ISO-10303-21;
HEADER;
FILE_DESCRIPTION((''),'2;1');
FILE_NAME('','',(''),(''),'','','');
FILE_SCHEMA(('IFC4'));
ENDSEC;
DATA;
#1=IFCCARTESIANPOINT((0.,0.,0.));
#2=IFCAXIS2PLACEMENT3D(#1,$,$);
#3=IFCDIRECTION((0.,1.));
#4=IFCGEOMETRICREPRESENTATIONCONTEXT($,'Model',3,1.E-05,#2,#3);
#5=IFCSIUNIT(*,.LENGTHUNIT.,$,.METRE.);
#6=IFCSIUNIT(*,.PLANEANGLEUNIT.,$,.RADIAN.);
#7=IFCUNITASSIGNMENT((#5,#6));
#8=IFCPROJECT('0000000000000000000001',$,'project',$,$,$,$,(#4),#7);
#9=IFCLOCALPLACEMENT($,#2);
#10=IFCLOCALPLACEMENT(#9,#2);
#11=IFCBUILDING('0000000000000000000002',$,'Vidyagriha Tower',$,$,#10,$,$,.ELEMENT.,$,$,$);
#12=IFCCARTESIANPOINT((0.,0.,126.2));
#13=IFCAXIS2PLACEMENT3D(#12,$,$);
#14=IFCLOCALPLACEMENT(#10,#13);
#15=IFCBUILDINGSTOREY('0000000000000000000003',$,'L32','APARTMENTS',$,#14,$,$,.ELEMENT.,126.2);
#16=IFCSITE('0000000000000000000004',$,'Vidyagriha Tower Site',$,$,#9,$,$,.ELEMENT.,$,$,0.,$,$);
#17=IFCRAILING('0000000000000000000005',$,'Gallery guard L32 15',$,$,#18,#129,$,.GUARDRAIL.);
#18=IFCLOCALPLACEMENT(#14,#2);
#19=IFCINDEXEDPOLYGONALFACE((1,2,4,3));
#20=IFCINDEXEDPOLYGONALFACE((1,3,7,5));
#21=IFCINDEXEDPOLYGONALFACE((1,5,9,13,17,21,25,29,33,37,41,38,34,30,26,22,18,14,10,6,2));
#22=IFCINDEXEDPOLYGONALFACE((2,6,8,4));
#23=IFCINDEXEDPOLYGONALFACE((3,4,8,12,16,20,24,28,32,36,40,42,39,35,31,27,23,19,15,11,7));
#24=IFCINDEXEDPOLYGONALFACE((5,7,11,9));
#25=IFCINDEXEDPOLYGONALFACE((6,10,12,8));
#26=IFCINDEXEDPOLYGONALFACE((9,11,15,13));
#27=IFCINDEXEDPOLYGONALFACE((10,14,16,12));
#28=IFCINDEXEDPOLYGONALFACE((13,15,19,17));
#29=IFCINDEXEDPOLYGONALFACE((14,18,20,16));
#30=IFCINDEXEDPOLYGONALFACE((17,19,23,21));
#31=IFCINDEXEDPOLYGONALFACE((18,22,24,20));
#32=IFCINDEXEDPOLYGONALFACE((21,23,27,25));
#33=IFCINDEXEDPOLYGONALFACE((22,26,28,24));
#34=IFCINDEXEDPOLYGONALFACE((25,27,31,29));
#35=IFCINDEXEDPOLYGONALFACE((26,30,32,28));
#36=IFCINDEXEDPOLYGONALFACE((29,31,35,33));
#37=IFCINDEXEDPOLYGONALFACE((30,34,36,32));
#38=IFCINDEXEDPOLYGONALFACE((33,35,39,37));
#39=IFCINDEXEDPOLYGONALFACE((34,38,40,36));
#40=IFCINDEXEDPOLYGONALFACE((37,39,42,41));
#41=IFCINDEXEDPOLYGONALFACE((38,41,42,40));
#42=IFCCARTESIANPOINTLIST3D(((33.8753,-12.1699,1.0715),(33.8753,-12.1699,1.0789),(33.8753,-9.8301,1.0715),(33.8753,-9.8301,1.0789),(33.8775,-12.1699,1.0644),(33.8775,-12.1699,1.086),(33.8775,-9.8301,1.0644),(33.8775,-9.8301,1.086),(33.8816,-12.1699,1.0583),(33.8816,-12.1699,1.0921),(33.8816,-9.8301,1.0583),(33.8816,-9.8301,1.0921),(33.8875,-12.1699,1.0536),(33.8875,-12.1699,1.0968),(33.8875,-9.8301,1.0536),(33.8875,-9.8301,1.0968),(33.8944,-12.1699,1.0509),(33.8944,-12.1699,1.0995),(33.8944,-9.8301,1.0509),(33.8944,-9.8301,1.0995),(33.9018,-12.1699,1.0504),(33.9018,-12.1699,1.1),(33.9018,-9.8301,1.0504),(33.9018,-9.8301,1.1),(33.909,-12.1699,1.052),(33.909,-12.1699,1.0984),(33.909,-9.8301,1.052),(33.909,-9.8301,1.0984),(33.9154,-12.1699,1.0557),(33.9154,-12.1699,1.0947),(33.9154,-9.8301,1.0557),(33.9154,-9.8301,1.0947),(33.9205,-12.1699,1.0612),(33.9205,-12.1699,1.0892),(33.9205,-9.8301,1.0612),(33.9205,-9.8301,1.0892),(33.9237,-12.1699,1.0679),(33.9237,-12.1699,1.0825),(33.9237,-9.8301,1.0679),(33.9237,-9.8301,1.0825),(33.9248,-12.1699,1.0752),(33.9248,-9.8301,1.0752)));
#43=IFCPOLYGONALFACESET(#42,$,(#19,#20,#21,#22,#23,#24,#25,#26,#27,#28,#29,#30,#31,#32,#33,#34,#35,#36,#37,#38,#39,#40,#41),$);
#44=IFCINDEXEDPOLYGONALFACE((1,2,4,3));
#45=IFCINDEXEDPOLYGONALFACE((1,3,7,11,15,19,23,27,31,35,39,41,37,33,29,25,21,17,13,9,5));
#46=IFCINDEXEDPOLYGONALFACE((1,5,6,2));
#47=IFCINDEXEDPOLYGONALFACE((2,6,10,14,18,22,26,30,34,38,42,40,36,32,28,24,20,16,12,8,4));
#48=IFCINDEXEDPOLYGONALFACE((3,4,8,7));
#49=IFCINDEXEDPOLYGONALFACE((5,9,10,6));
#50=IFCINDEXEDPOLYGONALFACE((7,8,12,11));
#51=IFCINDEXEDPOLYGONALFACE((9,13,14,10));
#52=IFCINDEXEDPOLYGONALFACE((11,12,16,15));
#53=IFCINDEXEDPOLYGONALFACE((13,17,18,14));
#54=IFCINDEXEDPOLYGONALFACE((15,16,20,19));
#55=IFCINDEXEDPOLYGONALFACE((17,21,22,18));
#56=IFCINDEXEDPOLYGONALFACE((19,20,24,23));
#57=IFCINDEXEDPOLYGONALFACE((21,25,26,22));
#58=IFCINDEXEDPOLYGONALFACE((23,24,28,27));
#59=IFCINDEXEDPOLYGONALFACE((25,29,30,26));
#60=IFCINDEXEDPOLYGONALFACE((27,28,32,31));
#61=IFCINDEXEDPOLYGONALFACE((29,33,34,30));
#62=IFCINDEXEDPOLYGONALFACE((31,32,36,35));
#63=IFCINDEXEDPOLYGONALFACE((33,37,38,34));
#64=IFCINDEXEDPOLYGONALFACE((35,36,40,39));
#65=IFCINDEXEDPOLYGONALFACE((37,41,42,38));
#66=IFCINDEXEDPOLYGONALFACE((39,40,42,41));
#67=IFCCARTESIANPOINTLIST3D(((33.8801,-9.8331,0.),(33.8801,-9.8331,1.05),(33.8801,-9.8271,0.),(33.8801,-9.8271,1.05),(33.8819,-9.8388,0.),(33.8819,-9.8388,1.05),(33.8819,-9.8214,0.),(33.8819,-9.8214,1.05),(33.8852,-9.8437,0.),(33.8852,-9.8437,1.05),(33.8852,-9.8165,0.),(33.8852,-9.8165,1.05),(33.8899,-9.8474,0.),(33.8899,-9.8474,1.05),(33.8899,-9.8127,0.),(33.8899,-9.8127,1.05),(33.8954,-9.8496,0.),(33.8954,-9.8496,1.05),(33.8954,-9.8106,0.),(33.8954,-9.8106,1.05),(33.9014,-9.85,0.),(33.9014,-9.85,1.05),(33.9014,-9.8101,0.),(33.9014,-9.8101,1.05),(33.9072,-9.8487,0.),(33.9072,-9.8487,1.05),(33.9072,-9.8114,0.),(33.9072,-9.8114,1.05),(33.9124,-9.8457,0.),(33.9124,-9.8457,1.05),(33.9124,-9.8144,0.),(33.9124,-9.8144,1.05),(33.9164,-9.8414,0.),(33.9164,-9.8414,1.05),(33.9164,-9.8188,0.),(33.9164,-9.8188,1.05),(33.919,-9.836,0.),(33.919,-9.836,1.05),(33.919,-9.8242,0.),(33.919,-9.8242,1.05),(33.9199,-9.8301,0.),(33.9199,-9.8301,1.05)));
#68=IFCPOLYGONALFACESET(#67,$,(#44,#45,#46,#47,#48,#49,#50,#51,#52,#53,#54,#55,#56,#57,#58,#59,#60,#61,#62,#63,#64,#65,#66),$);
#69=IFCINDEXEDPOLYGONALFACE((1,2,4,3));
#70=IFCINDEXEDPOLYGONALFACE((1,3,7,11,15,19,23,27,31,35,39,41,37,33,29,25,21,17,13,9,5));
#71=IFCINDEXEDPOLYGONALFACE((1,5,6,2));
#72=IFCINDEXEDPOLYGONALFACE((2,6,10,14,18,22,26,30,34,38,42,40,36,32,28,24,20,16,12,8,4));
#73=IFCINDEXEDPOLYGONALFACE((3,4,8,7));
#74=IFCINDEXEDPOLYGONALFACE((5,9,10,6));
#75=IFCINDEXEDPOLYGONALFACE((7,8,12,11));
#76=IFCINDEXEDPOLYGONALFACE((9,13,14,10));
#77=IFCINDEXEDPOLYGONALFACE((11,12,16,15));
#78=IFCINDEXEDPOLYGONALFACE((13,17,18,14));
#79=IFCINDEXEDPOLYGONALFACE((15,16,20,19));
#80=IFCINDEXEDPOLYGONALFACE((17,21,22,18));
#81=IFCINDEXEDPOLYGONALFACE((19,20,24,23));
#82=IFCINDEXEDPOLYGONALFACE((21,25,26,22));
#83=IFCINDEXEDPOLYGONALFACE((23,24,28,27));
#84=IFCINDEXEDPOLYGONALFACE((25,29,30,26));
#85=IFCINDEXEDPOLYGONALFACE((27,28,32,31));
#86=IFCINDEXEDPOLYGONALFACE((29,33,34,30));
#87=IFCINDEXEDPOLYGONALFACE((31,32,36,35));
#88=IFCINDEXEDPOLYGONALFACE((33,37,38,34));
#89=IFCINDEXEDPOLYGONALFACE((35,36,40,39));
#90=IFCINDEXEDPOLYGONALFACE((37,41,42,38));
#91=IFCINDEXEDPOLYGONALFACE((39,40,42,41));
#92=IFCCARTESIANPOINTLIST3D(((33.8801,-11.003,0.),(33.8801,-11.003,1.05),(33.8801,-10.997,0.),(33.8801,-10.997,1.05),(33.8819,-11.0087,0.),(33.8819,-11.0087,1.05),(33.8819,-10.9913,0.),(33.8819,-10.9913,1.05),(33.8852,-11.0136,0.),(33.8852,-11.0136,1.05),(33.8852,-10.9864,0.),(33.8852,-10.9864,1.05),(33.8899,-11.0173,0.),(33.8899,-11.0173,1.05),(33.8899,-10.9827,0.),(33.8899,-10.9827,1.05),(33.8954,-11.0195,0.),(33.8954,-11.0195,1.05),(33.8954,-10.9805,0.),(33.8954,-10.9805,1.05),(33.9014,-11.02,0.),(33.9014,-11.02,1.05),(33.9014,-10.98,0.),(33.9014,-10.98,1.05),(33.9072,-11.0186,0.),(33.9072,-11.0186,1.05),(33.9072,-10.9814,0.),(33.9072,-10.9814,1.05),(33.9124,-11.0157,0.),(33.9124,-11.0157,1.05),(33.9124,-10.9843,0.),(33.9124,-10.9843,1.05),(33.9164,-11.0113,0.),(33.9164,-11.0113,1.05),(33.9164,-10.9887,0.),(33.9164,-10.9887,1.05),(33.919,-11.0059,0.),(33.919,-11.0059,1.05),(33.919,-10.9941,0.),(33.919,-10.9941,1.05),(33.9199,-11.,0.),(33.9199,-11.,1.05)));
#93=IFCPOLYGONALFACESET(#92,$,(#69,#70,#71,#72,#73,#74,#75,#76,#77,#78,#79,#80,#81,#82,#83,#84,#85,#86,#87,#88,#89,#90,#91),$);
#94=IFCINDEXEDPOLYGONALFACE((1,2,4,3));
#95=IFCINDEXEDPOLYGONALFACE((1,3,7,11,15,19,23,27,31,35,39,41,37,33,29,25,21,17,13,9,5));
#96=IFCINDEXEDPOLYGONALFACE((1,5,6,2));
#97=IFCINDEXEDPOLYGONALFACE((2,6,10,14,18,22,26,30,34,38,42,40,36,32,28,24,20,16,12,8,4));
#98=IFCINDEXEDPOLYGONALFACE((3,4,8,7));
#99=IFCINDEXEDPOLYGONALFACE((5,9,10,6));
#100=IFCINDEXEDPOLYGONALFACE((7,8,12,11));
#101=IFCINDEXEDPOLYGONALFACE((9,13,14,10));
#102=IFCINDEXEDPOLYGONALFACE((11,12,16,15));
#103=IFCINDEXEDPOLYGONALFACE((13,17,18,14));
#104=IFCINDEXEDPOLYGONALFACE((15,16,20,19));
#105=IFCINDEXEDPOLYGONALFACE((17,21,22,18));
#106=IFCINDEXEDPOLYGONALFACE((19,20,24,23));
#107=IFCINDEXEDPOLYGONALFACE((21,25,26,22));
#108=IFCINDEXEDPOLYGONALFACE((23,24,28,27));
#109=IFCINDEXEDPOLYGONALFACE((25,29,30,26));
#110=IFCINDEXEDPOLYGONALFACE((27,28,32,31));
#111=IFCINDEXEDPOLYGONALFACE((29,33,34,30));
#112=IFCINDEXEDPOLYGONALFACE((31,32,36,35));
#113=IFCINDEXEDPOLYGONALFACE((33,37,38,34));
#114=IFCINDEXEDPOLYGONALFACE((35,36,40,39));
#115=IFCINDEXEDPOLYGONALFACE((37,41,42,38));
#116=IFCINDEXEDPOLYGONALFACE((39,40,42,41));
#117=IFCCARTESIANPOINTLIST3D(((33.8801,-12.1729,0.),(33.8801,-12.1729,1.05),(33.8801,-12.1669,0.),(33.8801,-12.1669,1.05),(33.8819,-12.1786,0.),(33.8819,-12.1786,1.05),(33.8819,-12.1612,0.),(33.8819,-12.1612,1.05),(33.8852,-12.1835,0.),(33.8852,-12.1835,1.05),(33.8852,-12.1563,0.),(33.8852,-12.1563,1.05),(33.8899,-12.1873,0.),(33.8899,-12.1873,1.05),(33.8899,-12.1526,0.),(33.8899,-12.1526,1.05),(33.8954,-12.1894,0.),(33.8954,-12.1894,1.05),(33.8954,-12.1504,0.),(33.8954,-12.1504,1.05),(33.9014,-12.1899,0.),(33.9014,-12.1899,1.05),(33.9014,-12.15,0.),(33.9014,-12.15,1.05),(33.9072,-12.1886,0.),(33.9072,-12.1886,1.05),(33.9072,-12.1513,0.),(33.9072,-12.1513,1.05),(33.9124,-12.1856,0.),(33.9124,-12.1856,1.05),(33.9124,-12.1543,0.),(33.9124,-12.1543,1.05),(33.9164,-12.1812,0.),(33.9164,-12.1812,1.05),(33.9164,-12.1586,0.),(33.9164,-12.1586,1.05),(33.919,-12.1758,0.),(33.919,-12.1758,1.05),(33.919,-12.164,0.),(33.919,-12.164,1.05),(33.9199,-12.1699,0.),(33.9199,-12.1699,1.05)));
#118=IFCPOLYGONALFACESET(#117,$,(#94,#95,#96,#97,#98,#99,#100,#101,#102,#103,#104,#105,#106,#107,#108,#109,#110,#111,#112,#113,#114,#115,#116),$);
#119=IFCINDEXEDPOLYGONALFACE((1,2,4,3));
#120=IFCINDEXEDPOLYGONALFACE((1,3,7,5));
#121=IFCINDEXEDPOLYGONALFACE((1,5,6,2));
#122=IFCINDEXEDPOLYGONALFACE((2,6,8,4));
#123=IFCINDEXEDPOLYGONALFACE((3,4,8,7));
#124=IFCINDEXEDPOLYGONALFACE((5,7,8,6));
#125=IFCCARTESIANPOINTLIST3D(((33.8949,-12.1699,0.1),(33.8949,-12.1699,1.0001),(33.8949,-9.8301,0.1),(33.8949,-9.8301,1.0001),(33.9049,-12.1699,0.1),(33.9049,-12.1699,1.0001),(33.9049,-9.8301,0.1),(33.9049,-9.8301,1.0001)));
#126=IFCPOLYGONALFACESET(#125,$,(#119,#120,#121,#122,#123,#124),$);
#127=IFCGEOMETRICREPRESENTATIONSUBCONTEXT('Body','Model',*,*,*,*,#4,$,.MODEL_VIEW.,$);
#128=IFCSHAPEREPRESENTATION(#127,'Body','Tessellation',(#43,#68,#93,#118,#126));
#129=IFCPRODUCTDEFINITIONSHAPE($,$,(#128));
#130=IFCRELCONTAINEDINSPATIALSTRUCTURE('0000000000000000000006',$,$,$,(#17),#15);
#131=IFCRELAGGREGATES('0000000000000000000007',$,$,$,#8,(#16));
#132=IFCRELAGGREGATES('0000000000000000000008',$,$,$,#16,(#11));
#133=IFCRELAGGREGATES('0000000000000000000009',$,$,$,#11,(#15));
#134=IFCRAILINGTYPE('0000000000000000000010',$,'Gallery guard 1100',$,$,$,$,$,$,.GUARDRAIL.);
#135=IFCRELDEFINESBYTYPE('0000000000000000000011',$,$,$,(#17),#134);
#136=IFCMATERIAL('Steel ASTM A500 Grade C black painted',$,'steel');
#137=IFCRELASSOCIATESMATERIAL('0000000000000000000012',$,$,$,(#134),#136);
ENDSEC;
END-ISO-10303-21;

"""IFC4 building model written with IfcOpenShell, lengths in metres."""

from ifc_helpers import new_model, si_unit, direction, frame, origin, origin_2d, place, context, subcontext, project, spatial, rectangle, circle, extrude, material, type_object, element, save


model = new_model("IFC4")

# Units and contexts
model_context = context("Model", 3, precision=1e-05, world=origin(), true_north=direction((0.0, 1.0)))
body_context = subcontext(model_context, "Body", "Model", "MODEL_VIEW")
ifc_project = project(units=[si_unit("LENGTHUNIT", "METRE"), si_unit("PLANEANGLEUNIT", "RADIAN")], contexts=[model_context])

# Site, building, storey
site_placement = place(None, origin())
site = spatial("IfcSite", under=ifc_project, at=site_placement, Name="Vidyagriha Tower Site", CompositionType="ELEMENT", RefElevation=0.0)
building_placement = place(site_placement, origin())
building = spatial("IfcBuilding", under=site, at=building_placement, Name="Vidyagriha Tower", CompositionType="ELEMENT")
storey_placement = place(building_placement, frame((0.0, 0.0, 126.2)))
storey = spatial("IfcBuildingStorey", under=building, at=storey_placement, Name="L32", Description="APARTMENTS", CompositionType="ELEMENT", Elevation=126.2)

# Railing
ifc_material_1 = material(Name="Steel ASTM A500 Grade C black painted", Category="steel")
railing_type_1 = type_object("IfcRailingType", Name="Gallery guard 1100", PredefinedType="GUARDRAIL", material=ifc_material_1)
railing_1_placement = place(storey_placement, frame((33.8999, -9.8301, 0.0)))
element("IfcRailing", 1, at=railing_1_placement, inside=storey, type_object=railing_type_1, Name="Gallery guard L32 15", PredefinedType="GUARDRAIL", context=body_context, shape_type="SweptSolid", body=[
    extrude(circle(Radius=0.0249, at=origin_2d()), frame((0.0, 0.0, 1.0752), z_axis=(0.0, -1.0, 0.0), x_axis=(1.0, 0.0, 0.0)), (0.0, 0.0, 1.0), 2.3398),
    extrude(circle(Radius=0.02, at=origin_2d()), origin(), (0.0, 0.0, 1.0), 1.05),
    extrude(circle(Radius=0.02, at=origin_2d()), frame((0.0, -1.1699, 0.0)), (0.0, 0.0, 1.0), 1.05),
    extrude(circle(Radius=0.02, at=origin_2d()), frame((0.0, -2.3398, 0.0)), (0.0, 0.0, 1.0), 1.05),
    extrude(rectangle(XDim=0.01, YDim=0.9001, at=origin_2d()), frame((0.0, 0.0, 0.55), z_axis=(0.0, -1.0, 0.0), x_axis=(1.0, 0.0, 0.0)), (0.0, 0.0, 1.0), 2.3398),
])

save(model, "model.ifc")
